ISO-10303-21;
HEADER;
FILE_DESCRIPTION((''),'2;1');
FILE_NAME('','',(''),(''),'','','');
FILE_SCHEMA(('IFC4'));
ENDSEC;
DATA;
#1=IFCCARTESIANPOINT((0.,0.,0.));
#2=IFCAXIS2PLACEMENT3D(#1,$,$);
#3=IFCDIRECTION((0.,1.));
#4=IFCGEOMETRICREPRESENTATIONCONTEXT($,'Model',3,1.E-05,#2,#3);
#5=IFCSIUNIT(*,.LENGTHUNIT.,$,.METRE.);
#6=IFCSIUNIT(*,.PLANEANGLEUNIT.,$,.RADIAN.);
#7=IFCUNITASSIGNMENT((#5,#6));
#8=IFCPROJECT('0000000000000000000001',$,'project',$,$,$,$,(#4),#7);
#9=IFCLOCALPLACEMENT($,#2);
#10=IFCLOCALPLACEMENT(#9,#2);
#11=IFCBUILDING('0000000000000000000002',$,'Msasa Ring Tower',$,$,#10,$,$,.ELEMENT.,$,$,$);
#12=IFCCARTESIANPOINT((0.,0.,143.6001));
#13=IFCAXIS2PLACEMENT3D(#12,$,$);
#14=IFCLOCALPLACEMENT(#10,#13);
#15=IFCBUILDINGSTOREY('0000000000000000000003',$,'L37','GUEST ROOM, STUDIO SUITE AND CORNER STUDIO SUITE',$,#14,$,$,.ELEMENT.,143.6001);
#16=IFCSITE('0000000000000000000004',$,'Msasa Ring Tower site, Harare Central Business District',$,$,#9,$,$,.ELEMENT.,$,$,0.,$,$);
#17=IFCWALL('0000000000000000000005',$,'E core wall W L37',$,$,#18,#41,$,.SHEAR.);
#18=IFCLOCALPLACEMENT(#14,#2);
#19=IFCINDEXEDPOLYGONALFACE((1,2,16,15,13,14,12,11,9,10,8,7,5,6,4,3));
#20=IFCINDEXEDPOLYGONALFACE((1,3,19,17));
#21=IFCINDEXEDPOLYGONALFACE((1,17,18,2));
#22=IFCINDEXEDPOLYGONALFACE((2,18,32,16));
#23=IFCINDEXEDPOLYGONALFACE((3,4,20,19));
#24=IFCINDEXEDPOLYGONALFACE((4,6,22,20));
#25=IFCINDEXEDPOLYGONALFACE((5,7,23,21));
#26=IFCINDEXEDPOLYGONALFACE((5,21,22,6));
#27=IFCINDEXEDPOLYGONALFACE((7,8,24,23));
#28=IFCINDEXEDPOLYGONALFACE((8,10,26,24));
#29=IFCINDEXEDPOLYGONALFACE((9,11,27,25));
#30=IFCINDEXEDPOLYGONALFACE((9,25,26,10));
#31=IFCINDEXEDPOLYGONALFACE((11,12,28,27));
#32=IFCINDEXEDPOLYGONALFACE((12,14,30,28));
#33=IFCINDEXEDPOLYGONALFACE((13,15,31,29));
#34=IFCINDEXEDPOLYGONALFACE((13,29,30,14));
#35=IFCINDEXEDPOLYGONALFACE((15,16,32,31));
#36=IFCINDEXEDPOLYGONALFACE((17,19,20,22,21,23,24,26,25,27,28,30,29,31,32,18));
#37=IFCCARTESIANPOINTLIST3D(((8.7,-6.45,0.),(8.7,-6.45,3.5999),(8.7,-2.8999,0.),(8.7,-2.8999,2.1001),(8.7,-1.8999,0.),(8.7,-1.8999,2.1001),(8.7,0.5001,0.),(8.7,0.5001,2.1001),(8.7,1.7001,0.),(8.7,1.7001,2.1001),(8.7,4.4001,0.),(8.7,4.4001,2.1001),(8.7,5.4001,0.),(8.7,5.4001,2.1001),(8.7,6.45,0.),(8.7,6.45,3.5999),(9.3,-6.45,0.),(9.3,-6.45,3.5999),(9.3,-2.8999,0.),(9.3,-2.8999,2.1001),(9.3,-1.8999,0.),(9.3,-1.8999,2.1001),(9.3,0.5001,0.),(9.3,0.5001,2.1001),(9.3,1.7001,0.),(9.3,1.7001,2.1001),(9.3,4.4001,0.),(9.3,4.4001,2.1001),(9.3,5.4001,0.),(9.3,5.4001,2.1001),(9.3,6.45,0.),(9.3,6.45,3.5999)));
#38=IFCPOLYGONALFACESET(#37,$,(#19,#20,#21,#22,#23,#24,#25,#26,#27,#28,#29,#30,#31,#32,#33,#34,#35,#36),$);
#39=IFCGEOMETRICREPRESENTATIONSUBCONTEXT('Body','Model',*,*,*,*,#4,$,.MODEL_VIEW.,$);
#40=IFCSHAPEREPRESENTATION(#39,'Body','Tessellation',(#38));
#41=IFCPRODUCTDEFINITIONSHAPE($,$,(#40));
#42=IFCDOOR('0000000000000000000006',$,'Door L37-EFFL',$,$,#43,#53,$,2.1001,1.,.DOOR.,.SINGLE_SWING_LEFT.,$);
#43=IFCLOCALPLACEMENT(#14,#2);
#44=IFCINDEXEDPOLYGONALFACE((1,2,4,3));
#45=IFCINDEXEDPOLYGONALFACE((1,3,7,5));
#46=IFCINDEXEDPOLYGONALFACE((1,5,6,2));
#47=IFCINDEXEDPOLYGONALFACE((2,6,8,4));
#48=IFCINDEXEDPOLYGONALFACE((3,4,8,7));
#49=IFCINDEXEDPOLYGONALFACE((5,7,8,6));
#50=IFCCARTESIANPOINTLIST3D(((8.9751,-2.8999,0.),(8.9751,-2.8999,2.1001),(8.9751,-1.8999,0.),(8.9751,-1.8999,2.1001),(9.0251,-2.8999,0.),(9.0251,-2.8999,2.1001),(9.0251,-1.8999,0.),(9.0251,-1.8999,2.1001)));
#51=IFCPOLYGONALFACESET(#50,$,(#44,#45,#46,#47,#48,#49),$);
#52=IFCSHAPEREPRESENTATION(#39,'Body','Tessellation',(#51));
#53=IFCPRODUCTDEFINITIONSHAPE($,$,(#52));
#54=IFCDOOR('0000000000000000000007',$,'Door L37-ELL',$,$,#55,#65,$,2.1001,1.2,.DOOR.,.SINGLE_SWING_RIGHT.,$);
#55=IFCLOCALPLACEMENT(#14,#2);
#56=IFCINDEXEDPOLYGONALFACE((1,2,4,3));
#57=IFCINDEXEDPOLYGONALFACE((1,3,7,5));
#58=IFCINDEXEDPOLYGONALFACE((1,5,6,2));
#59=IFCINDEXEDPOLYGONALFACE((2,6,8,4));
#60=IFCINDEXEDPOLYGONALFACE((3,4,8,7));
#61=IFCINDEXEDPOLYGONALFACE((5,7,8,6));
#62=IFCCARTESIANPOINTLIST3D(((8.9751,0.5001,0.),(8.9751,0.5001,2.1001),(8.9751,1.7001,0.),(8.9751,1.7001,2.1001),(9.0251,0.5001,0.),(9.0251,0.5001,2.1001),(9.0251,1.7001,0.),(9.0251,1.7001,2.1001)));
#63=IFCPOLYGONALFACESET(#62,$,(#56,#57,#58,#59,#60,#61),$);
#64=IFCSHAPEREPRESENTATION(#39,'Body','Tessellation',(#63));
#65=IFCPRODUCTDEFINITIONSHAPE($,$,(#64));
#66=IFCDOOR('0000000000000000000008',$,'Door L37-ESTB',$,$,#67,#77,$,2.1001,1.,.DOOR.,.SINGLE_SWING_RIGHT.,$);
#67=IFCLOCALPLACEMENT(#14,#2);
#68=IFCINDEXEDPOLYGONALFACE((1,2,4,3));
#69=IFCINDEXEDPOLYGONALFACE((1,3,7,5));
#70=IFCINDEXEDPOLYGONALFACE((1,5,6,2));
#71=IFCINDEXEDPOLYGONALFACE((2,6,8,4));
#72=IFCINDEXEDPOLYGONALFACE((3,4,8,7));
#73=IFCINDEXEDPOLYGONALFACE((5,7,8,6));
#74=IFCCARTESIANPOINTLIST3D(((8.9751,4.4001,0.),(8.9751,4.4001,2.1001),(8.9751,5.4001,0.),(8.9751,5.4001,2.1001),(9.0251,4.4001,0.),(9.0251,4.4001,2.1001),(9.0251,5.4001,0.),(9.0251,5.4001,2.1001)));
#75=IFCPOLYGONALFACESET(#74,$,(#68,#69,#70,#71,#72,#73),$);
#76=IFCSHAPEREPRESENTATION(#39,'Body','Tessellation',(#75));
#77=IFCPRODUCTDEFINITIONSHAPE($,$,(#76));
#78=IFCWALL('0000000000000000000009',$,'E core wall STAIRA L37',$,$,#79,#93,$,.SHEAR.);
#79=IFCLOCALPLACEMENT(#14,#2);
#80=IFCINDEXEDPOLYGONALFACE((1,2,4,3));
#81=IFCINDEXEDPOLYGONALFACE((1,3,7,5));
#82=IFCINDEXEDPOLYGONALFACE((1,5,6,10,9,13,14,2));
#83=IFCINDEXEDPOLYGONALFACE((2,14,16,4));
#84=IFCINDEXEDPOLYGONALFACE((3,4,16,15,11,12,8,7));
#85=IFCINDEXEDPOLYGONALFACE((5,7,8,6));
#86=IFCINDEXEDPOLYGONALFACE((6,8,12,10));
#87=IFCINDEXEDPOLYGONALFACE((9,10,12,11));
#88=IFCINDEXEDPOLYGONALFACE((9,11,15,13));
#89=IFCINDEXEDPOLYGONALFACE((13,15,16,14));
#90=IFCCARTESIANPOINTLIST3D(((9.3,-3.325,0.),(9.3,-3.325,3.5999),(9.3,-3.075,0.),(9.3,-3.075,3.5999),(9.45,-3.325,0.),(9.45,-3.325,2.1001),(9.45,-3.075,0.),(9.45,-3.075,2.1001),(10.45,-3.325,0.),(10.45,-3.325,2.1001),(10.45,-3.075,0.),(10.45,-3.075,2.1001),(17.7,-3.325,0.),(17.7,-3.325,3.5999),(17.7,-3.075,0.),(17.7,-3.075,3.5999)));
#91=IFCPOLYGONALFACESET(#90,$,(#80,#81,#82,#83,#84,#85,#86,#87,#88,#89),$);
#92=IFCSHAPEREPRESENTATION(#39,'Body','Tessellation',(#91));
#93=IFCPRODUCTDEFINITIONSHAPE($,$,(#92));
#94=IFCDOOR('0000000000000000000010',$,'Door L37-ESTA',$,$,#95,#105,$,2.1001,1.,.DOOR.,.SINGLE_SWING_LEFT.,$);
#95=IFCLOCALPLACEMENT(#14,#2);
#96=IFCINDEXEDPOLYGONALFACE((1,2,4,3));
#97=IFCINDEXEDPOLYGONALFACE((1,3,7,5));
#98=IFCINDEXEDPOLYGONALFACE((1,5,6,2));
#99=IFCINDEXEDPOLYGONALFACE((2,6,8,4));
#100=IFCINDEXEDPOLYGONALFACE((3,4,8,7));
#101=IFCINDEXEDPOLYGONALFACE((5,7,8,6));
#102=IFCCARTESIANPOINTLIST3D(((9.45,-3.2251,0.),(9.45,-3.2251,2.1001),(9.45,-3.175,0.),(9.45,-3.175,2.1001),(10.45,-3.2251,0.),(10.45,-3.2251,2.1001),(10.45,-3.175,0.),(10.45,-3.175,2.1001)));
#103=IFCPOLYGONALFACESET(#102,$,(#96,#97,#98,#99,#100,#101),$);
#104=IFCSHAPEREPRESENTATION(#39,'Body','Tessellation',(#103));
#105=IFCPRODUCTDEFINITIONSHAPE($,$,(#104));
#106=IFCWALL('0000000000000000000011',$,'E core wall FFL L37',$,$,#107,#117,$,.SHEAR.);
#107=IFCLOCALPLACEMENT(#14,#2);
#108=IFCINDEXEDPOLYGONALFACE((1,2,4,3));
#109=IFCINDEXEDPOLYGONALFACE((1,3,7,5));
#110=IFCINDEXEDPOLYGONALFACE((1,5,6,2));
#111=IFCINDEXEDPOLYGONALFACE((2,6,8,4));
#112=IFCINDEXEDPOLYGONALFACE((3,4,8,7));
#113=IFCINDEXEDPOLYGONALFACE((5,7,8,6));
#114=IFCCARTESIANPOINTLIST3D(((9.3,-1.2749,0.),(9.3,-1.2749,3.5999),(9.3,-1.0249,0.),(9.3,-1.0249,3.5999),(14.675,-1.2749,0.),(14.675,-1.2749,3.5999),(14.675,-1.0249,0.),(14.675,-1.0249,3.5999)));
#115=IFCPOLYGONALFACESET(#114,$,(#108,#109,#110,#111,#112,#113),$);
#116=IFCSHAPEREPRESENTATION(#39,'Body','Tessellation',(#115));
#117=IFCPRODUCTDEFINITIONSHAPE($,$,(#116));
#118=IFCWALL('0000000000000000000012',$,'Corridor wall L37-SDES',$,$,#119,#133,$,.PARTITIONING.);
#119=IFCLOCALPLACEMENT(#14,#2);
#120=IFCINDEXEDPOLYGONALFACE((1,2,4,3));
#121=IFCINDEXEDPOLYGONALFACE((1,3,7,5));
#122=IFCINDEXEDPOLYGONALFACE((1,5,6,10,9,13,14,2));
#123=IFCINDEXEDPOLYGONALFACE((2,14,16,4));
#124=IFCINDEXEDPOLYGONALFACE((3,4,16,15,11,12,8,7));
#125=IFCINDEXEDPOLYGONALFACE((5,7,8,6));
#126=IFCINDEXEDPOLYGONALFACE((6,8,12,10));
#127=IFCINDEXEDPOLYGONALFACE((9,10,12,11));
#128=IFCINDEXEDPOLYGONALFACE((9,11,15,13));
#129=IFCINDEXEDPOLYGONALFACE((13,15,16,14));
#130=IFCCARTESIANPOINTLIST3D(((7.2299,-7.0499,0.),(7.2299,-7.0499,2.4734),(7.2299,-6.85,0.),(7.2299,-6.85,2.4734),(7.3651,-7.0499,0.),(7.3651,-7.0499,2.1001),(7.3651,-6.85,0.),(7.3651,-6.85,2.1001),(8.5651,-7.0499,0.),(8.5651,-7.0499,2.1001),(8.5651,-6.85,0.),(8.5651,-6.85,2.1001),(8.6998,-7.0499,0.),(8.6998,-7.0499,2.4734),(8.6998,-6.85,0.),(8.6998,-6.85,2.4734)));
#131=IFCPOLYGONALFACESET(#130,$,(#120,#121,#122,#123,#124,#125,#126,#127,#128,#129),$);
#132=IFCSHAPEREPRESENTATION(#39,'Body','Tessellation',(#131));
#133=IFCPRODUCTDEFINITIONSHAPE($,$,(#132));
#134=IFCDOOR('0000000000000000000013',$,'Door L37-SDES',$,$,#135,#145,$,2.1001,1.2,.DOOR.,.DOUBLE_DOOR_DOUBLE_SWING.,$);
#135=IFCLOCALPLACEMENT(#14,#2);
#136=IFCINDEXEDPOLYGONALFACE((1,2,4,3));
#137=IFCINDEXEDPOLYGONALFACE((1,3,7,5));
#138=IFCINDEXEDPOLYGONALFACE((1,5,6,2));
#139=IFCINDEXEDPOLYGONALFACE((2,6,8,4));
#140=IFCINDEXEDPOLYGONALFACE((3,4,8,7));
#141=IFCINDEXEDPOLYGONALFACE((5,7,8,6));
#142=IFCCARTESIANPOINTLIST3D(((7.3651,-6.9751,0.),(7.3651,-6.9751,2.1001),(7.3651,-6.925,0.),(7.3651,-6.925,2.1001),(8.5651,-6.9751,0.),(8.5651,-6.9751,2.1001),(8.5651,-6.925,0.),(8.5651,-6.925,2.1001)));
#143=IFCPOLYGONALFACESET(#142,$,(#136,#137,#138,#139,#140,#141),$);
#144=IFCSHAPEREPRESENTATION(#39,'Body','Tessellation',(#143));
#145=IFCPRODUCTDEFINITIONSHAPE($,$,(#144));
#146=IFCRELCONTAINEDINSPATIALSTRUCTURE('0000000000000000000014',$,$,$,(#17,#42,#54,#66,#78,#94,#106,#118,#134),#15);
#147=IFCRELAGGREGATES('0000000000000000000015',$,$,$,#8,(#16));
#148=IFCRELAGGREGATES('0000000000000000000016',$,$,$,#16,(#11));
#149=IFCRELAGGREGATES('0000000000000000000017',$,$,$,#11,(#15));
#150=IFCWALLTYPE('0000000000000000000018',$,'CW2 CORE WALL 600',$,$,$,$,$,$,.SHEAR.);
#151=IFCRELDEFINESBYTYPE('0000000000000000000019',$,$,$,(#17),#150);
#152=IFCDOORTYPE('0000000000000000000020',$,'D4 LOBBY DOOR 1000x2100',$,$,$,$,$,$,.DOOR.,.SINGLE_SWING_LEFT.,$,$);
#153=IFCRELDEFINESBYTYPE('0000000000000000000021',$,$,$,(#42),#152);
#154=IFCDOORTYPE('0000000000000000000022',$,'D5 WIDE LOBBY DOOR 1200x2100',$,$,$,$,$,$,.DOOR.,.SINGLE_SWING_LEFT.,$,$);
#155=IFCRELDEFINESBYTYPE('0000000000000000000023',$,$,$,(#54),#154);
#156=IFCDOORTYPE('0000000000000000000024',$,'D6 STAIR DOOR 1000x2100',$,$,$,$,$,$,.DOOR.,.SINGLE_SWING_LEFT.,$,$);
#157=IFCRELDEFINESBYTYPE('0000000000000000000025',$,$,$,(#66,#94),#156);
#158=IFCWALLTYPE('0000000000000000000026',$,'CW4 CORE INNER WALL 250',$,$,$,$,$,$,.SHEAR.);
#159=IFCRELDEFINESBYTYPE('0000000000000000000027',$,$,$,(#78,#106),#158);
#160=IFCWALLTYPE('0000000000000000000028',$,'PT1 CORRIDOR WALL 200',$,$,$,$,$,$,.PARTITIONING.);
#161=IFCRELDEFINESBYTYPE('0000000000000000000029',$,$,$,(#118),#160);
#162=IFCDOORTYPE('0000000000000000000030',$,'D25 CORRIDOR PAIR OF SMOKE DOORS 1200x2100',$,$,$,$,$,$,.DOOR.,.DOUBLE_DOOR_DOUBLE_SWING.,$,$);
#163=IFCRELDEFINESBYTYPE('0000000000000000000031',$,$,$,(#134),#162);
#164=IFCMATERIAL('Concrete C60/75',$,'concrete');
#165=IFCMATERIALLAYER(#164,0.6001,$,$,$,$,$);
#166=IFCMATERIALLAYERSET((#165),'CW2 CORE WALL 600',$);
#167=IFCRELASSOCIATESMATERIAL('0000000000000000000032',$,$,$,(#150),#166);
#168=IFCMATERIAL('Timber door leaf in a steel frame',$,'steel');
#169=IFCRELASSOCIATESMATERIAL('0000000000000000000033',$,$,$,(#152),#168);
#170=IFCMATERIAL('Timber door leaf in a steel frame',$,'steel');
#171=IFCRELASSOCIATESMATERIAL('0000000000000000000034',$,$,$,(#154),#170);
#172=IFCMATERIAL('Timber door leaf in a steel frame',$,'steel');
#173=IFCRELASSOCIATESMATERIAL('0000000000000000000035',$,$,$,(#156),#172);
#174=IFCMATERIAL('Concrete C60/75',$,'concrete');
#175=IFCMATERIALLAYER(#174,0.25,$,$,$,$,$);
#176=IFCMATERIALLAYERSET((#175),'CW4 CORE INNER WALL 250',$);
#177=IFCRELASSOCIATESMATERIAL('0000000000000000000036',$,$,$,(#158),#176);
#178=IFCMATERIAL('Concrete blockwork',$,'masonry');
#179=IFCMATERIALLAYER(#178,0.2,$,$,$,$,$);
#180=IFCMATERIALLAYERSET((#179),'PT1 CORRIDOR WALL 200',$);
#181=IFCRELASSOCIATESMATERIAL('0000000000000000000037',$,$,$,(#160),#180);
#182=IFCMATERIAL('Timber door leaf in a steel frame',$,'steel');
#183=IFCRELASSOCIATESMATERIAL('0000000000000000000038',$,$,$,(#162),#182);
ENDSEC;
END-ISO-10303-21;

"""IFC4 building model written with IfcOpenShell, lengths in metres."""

from ifc_helpers import new_model, si_unit, direction, frame, frame_2d, origin, place, context, subcontext, project, spatial, rectangle, extrude, material, layer, layer_set, type_object, element, fill, save


model = new_model("IFC4")

# Units and contexts
model_context = context("Model", 3, precision=1e-05, world=origin(), true_north=direction((0.0, 1.0)))
body_context = subcontext(model_context, "Body", "Model", "MODEL_VIEW")
ifc_project = project(units=[si_unit("LENGTHUNIT", "METRE"), si_unit("PLANEANGLEUNIT", "RADIAN")], contexts=[model_context])

# Site, building, storey
site_placement = place(None, origin())
site = spatial("IfcSite", under=ifc_project, at=site_placement, Name="Msasa Ring Tower site, Harare Central Business District", CompositionType="ELEMENT", RefElevation=0.0)
building_placement = place(site_placement, origin())
building = spatial("IfcBuilding", under=site, at=building_placement, Name="Msasa Ring Tower", CompositionType="ELEMENT")
storey_placement = place(building_placement, frame((0.0, 0.0, 143.6001)))
storey = spatial("IfcBuildingStorey", under=building, at=storey_placement, Name="L37", Description="GUEST ROOM, STUDIO SUITE AND CORNER STUDIO SUITE", CompositionType="ELEMENT", Elevation=143.6001)

# Shared definitions
ifc_material_1 = material(Name="Concrete C60/75", Category="concrete")
ifc_layer_1 = layer(ifc_material_1, 0.6001)
ifc_layer_set_1 = layer_set([ifc_layer_1], Name="CW2 CORE WALL 600")
wall_type_1 = type_object("IfcWallType", Name="CW2 CORE WALL 600", PredefinedType="SHEAR", material=ifc_layer_set_1)

# Wall, openings, doors
wall_1_placement = place(storey_placement, frame((9.0, -6.45, 0.0), z_axis=(0.0, 0.0, 1.0), x_axis=(0.0, 1.0, 0.0)))
wall_1 = element("IfcWall", 1, at=wall_1_placement, inside=storey, type_object=wall_type_1, Name="E core wall W L37", PredefinedType="SHEAR", context=body_context, shape_type="SweptSolid", body=[
    extrude(rectangle(XDim=12.8999, YDim=0.6001, at=frame_2d((6.45, 0.0))), origin(), (0.0, 0.0, 1.0), 3.5999),
])
opening_1_placement = place(wall_1_placement, frame((3.55, 0.0, 0.0)))
opening_1 = element("IfcOpeningElement", 2, at=opening_1_placement, cuts=wall_1, PredefinedType="OPENING", context=body_context, shape_type="SweptSolid", body=[
    extrude(rectangle(XDim=1.0, YDim=2.1001, at=frame_2d((0.5, 1.05))), frame((0.0, 0.3101, 0.0), z_axis=(0.0, -1.0, 0.0), x_axis=(1.0, 0.0, 0.0)), (0.0, 0.0, 1.0), 0.6201),
])
opening_2_placement = place(wall_1_placement, frame((6.95, 0.0, 0.0)))
opening_2 = element("IfcOpeningElement", 3, at=opening_2_placement, cuts=wall_1, PredefinedType="OPENING", context=body_context, shape_type="SweptSolid", body=[
    extrude(rectangle(XDim=1.2, YDim=2.1001, at=frame_2d((0.6001, 1.05))), frame((0.0, 0.3101, 0.0), z_axis=(0.0, -1.0, 0.0), x_axis=(1.0, 0.0, 0.0)), (0.0, 0.0, 1.0), 0.6201),
])
opening_3_placement = place(wall_1_placement, frame((10.8501, 0.0, 0.0)))
opening_3 = element("IfcOpeningElement", 4, at=opening_3_placement, cuts=wall_1, PredefinedType="OPENING", context=body_context, shape_type="SweptSolid", body=[
    extrude(rectangle(XDim=1.0, YDim=2.1001, at=frame_2d((0.5, 1.05))), frame((0.0, 0.3101, 0.0), z_axis=(0.0, -1.0, 0.0), x_axis=(1.0, 0.0, 0.0)), (0.0, 0.0, 1.0), 0.6201),
])
ifc_material_2 = material(Name="Timber door leaf in a steel frame", Category="steel")
door_type_1 = type_object("IfcDoorType", Name="D4 LOBBY DOOR 1000x2100", OperationType="SINGLE_SWING_LEFT", PredefinedType="DOOR", material=ifc_material_2)
door_1_placement = place(opening_1_placement, origin())
door_1 = element("IfcDoor", 5, at=door_1_placement, inside=storey, type_object=door_type_1, Name="Door L37-EFFL", OperationType="SINGLE_SWING_LEFT", OverallHeight=2.1001, OverallWidth=1.0, PredefinedType="DOOR", context=body_context, shape_type="SweptSolid", body=[
    extrude(rectangle(XDim=1.0, YDim=2.1001, at=frame_2d((0.5, 1.05))), frame((0.0, 0.0249, 0.0), z_axis=(0.0, -1.0, 0.0), x_axis=(1.0, 0.0, 0.0)), (0.0, 0.0, 1.0), 0.05),
])
fill(opening_1, door_1)
ifc_material_3 = material(Name="Timber door leaf in a steel frame", Category="steel")
door_type_2 = type_object("IfcDoorType", Name="D5 WIDE LOBBY DOOR 1200x2100", OperationType="SINGLE_SWING_LEFT", PredefinedType="DOOR", material=ifc_material_3)
door_2_placement = place(opening_2_placement, origin())
door_2 = element("IfcDoor", 6, at=door_2_placement, inside=storey, type_object=door_type_2, Name="Door L37-ELL", OperationType="SINGLE_SWING_RIGHT", OverallHeight=2.1001, OverallWidth=1.2, PredefinedType="DOOR", context=body_context, shape_type="SweptSolid", body=[
    extrude(rectangle(XDim=1.2, YDim=2.1001, at=frame_2d((0.6001, 1.05))), frame((0.0, 0.0249, 0.0), z_axis=(0.0, -1.0, 0.0), x_axis=(1.0, 0.0, 0.0)), (0.0, 0.0, 1.0), 0.05),
])
fill(opening_2, door_2)
ifc_material_4 = material(Name="Timber door leaf in a steel frame", Category="steel")
door_type_3 = type_object("IfcDoorType", Name="D6 STAIR DOOR 1000x2100", OperationType="SINGLE_SWING_LEFT", PredefinedType="DOOR", material=ifc_material_4)
door_3_placement = place(opening_3_placement, origin())
door_3 = element("IfcDoor", 7, at=door_3_placement, inside=storey, type_object=door_type_3, Name="Door L37-ESTB", OperationType="SINGLE_SWING_RIGHT", OverallHeight=2.1001, OverallWidth=1.0, PredefinedType="DOOR", context=body_context, shape_type="SweptSolid", body=[
    extrude(rectangle(XDim=1.0, YDim=2.1001, at=frame_2d((0.5, 1.05))), frame((0.0, 0.0249, 0.0), z_axis=(0.0, -1.0, 0.0), x_axis=(1.0, 0.0, 0.0)), (0.0, 0.0, 1.0), 0.05),
])
fill(opening_3, door_3)

# Wall, opening, door
ifc_material_5 = material(Name="Concrete C60/75", Category="concrete")
ifc_layer_2 = layer(ifc_material_5, 0.25)
ifc_layer_set_2 = layer_set([ifc_layer_2], Name="CW4 CORE INNER WALL 250")
wall_type_2 = type_object("IfcWallType", Name="CW4 CORE INNER WALL 250", PredefinedType="SHEAR", material=ifc_layer_set_2)
wall_2_placement = place(storey_placement, frame((9.3, -3.2, 0.0), z_axis=(0.0, 0.0, 1.0), x_axis=(1.0, 0.0, 0.0)))
wall_2 = element("IfcWall", 8, at=wall_2_placement, inside=storey, type_object=wall_type_2, Name="E core wall STAIRA L37", PredefinedType="SHEAR", context=body_context, shape_type="SweptSolid", body=[
    extrude(rectangle(XDim=8.3999, YDim=0.25, at=frame_2d((4.2, 0.0))), origin(), (0.0, 0.0, 1.0), 3.5999),
])
opening_4_placement = place(wall_2_placement, frame((0.1499, 0.0, 0.0)))
opening_4 = element("IfcOpeningElement", 9, at=opening_4_placement, cuts=wall_2, PredefinedType="OPENING", context=body_context, shape_type="SweptSolid", body=[
    extrude(rectangle(XDim=1.0, YDim=2.1001, at=frame_2d((0.5, 1.05))), frame((0.0, 0.135, 0.0), z_axis=(0.0, -1.0, 0.0), x_axis=(1.0, 0.0, 0.0)), (0.0, 0.0, 1.0), 0.27),
])
door_4_placement = place(opening_4_placement, origin())
door_4 = element("IfcDoor", 10, at=door_4_placement, inside=storey, type_object=door_type_3, Name="Door L37-ESTA", OperationType="SINGLE_SWING_LEFT", OverallHeight=2.1001, OverallWidth=1.0, PredefinedType="DOOR", context=body_context, shape_type="SweptSolid", body=[
    extrude(rectangle(XDim=1.0, YDim=2.1001, at=frame_2d((0.5, 1.05))), frame((0.0, 0.0249, 0.0), z_axis=(0.0, -1.0, 0.0), x_axis=(1.0, 0.0, 0.0)), (0.0, 0.0, 1.0), 0.05),
])
fill(opening_4, door_4)

# Wall
wall_3_placement = place(storey_placement, frame((9.3, -1.1499, 0.0), z_axis=(0.0, 0.0, 1.0), x_axis=(1.0, 0.0, 0.0)))
element("IfcWall", 11, at=wall_3_placement, inside=storey, type_object=wall_type_2, Name="E core wall FFL L37", PredefinedType="SHEAR", context=body_context, shape_type="SweptSolid", body=[
    extrude(rectangle(XDim=5.375, YDim=0.25, at=frame_2d((2.6875, 0.0))), origin(), (0.0, 0.0, 1.0), 3.5999),
])

# Wall, opening, door
ifc_material_6 = material(Name="Concrete blockwork", Category="masonry")
ifc_layer_3 = layer(ifc_material_6, 0.2)
ifc_layer_set_3 = layer_set([ifc_layer_3], Name="PT1 CORRIDOR WALL 200")
wall_type_3 = type_object("IfcWallType", Name="PT1 CORRIDOR WALL 200", PredefinedType="PARTITIONING", material=ifc_layer_set_3)
wall_4_placement = place(storey_placement, frame((7.23, -6.95, 0.0), z_axis=(0.0, 0.0, 1.0), x_axis=(1.0, 0.0, 0.0)))
wall_4 = element("IfcWall", 12, at=wall_4_placement, inside=storey, type_object=wall_type_3, Name="Corridor wall L37-SDES", PredefinedType="PARTITIONING", context=body_context, shape_type="SweptSolid", body=[
    extrude(rectangle(XDim=1.47, YDim=0.2, at=frame_2d((0.7349, 0.0))), origin(), (0.0, 0.0, 1.0), 2.4734),
])
opening_5_placement = place(wall_4_placement, frame((0.135, 0.0, 0.0)))
opening_5 = element("IfcOpeningElement", 13, at=opening_5_placement, cuts=wall_4, PredefinedType="OPENING", context=body_context, shape_type="SweptSolid", body=[
    extrude(rectangle(XDim=1.2, YDim=2.1001, at=frame_2d((0.6001, 1.05))), frame((0.0, 0.1099, 0.0), z_axis=(0.0, -1.0, 0.0), x_axis=(1.0, 0.0, 0.0)), (0.0, 0.0, 1.0), 0.22),
])
ifc_material_7 = material(Name="Timber door leaf in a steel frame", Category="steel")
door_type_4 = type_object("IfcDoorType", Name="D25 CORRIDOR PAIR OF SMOKE DOORS 1200x2100", OperationType="DOUBLE_DOOR_DOUBLE_SWING", PredefinedType="DOOR", material=ifc_material_7)
door_5_placement = place(opening_5_placement, origin())
door_5 = element("IfcDoor", 14, at=door_5_placement, inside=storey, type_object=door_type_4, Name="Door L37-SDES", OperationType="DOUBLE_DOOR_DOUBLE_SWING", OverallHeight=2.1001, OverallWidth=1.2, PredefinedType="DOOR", context=body_context, shape_type="SweptSolid", body=[
    extrude(rectangle(XDim=1.2, YDim=2.1001, at=frame_2d((0.6001, 1.05))), frame((0.0, 0.0249, 0.0), z_axis=(0.0, -1.0, 0.0), x_axis=(1.0, 0.0, 0.0)), (0.0, 0.0, 1.0), 0.05),
])
fill(opening_5, door_5)

save(model, "model.ifc")
